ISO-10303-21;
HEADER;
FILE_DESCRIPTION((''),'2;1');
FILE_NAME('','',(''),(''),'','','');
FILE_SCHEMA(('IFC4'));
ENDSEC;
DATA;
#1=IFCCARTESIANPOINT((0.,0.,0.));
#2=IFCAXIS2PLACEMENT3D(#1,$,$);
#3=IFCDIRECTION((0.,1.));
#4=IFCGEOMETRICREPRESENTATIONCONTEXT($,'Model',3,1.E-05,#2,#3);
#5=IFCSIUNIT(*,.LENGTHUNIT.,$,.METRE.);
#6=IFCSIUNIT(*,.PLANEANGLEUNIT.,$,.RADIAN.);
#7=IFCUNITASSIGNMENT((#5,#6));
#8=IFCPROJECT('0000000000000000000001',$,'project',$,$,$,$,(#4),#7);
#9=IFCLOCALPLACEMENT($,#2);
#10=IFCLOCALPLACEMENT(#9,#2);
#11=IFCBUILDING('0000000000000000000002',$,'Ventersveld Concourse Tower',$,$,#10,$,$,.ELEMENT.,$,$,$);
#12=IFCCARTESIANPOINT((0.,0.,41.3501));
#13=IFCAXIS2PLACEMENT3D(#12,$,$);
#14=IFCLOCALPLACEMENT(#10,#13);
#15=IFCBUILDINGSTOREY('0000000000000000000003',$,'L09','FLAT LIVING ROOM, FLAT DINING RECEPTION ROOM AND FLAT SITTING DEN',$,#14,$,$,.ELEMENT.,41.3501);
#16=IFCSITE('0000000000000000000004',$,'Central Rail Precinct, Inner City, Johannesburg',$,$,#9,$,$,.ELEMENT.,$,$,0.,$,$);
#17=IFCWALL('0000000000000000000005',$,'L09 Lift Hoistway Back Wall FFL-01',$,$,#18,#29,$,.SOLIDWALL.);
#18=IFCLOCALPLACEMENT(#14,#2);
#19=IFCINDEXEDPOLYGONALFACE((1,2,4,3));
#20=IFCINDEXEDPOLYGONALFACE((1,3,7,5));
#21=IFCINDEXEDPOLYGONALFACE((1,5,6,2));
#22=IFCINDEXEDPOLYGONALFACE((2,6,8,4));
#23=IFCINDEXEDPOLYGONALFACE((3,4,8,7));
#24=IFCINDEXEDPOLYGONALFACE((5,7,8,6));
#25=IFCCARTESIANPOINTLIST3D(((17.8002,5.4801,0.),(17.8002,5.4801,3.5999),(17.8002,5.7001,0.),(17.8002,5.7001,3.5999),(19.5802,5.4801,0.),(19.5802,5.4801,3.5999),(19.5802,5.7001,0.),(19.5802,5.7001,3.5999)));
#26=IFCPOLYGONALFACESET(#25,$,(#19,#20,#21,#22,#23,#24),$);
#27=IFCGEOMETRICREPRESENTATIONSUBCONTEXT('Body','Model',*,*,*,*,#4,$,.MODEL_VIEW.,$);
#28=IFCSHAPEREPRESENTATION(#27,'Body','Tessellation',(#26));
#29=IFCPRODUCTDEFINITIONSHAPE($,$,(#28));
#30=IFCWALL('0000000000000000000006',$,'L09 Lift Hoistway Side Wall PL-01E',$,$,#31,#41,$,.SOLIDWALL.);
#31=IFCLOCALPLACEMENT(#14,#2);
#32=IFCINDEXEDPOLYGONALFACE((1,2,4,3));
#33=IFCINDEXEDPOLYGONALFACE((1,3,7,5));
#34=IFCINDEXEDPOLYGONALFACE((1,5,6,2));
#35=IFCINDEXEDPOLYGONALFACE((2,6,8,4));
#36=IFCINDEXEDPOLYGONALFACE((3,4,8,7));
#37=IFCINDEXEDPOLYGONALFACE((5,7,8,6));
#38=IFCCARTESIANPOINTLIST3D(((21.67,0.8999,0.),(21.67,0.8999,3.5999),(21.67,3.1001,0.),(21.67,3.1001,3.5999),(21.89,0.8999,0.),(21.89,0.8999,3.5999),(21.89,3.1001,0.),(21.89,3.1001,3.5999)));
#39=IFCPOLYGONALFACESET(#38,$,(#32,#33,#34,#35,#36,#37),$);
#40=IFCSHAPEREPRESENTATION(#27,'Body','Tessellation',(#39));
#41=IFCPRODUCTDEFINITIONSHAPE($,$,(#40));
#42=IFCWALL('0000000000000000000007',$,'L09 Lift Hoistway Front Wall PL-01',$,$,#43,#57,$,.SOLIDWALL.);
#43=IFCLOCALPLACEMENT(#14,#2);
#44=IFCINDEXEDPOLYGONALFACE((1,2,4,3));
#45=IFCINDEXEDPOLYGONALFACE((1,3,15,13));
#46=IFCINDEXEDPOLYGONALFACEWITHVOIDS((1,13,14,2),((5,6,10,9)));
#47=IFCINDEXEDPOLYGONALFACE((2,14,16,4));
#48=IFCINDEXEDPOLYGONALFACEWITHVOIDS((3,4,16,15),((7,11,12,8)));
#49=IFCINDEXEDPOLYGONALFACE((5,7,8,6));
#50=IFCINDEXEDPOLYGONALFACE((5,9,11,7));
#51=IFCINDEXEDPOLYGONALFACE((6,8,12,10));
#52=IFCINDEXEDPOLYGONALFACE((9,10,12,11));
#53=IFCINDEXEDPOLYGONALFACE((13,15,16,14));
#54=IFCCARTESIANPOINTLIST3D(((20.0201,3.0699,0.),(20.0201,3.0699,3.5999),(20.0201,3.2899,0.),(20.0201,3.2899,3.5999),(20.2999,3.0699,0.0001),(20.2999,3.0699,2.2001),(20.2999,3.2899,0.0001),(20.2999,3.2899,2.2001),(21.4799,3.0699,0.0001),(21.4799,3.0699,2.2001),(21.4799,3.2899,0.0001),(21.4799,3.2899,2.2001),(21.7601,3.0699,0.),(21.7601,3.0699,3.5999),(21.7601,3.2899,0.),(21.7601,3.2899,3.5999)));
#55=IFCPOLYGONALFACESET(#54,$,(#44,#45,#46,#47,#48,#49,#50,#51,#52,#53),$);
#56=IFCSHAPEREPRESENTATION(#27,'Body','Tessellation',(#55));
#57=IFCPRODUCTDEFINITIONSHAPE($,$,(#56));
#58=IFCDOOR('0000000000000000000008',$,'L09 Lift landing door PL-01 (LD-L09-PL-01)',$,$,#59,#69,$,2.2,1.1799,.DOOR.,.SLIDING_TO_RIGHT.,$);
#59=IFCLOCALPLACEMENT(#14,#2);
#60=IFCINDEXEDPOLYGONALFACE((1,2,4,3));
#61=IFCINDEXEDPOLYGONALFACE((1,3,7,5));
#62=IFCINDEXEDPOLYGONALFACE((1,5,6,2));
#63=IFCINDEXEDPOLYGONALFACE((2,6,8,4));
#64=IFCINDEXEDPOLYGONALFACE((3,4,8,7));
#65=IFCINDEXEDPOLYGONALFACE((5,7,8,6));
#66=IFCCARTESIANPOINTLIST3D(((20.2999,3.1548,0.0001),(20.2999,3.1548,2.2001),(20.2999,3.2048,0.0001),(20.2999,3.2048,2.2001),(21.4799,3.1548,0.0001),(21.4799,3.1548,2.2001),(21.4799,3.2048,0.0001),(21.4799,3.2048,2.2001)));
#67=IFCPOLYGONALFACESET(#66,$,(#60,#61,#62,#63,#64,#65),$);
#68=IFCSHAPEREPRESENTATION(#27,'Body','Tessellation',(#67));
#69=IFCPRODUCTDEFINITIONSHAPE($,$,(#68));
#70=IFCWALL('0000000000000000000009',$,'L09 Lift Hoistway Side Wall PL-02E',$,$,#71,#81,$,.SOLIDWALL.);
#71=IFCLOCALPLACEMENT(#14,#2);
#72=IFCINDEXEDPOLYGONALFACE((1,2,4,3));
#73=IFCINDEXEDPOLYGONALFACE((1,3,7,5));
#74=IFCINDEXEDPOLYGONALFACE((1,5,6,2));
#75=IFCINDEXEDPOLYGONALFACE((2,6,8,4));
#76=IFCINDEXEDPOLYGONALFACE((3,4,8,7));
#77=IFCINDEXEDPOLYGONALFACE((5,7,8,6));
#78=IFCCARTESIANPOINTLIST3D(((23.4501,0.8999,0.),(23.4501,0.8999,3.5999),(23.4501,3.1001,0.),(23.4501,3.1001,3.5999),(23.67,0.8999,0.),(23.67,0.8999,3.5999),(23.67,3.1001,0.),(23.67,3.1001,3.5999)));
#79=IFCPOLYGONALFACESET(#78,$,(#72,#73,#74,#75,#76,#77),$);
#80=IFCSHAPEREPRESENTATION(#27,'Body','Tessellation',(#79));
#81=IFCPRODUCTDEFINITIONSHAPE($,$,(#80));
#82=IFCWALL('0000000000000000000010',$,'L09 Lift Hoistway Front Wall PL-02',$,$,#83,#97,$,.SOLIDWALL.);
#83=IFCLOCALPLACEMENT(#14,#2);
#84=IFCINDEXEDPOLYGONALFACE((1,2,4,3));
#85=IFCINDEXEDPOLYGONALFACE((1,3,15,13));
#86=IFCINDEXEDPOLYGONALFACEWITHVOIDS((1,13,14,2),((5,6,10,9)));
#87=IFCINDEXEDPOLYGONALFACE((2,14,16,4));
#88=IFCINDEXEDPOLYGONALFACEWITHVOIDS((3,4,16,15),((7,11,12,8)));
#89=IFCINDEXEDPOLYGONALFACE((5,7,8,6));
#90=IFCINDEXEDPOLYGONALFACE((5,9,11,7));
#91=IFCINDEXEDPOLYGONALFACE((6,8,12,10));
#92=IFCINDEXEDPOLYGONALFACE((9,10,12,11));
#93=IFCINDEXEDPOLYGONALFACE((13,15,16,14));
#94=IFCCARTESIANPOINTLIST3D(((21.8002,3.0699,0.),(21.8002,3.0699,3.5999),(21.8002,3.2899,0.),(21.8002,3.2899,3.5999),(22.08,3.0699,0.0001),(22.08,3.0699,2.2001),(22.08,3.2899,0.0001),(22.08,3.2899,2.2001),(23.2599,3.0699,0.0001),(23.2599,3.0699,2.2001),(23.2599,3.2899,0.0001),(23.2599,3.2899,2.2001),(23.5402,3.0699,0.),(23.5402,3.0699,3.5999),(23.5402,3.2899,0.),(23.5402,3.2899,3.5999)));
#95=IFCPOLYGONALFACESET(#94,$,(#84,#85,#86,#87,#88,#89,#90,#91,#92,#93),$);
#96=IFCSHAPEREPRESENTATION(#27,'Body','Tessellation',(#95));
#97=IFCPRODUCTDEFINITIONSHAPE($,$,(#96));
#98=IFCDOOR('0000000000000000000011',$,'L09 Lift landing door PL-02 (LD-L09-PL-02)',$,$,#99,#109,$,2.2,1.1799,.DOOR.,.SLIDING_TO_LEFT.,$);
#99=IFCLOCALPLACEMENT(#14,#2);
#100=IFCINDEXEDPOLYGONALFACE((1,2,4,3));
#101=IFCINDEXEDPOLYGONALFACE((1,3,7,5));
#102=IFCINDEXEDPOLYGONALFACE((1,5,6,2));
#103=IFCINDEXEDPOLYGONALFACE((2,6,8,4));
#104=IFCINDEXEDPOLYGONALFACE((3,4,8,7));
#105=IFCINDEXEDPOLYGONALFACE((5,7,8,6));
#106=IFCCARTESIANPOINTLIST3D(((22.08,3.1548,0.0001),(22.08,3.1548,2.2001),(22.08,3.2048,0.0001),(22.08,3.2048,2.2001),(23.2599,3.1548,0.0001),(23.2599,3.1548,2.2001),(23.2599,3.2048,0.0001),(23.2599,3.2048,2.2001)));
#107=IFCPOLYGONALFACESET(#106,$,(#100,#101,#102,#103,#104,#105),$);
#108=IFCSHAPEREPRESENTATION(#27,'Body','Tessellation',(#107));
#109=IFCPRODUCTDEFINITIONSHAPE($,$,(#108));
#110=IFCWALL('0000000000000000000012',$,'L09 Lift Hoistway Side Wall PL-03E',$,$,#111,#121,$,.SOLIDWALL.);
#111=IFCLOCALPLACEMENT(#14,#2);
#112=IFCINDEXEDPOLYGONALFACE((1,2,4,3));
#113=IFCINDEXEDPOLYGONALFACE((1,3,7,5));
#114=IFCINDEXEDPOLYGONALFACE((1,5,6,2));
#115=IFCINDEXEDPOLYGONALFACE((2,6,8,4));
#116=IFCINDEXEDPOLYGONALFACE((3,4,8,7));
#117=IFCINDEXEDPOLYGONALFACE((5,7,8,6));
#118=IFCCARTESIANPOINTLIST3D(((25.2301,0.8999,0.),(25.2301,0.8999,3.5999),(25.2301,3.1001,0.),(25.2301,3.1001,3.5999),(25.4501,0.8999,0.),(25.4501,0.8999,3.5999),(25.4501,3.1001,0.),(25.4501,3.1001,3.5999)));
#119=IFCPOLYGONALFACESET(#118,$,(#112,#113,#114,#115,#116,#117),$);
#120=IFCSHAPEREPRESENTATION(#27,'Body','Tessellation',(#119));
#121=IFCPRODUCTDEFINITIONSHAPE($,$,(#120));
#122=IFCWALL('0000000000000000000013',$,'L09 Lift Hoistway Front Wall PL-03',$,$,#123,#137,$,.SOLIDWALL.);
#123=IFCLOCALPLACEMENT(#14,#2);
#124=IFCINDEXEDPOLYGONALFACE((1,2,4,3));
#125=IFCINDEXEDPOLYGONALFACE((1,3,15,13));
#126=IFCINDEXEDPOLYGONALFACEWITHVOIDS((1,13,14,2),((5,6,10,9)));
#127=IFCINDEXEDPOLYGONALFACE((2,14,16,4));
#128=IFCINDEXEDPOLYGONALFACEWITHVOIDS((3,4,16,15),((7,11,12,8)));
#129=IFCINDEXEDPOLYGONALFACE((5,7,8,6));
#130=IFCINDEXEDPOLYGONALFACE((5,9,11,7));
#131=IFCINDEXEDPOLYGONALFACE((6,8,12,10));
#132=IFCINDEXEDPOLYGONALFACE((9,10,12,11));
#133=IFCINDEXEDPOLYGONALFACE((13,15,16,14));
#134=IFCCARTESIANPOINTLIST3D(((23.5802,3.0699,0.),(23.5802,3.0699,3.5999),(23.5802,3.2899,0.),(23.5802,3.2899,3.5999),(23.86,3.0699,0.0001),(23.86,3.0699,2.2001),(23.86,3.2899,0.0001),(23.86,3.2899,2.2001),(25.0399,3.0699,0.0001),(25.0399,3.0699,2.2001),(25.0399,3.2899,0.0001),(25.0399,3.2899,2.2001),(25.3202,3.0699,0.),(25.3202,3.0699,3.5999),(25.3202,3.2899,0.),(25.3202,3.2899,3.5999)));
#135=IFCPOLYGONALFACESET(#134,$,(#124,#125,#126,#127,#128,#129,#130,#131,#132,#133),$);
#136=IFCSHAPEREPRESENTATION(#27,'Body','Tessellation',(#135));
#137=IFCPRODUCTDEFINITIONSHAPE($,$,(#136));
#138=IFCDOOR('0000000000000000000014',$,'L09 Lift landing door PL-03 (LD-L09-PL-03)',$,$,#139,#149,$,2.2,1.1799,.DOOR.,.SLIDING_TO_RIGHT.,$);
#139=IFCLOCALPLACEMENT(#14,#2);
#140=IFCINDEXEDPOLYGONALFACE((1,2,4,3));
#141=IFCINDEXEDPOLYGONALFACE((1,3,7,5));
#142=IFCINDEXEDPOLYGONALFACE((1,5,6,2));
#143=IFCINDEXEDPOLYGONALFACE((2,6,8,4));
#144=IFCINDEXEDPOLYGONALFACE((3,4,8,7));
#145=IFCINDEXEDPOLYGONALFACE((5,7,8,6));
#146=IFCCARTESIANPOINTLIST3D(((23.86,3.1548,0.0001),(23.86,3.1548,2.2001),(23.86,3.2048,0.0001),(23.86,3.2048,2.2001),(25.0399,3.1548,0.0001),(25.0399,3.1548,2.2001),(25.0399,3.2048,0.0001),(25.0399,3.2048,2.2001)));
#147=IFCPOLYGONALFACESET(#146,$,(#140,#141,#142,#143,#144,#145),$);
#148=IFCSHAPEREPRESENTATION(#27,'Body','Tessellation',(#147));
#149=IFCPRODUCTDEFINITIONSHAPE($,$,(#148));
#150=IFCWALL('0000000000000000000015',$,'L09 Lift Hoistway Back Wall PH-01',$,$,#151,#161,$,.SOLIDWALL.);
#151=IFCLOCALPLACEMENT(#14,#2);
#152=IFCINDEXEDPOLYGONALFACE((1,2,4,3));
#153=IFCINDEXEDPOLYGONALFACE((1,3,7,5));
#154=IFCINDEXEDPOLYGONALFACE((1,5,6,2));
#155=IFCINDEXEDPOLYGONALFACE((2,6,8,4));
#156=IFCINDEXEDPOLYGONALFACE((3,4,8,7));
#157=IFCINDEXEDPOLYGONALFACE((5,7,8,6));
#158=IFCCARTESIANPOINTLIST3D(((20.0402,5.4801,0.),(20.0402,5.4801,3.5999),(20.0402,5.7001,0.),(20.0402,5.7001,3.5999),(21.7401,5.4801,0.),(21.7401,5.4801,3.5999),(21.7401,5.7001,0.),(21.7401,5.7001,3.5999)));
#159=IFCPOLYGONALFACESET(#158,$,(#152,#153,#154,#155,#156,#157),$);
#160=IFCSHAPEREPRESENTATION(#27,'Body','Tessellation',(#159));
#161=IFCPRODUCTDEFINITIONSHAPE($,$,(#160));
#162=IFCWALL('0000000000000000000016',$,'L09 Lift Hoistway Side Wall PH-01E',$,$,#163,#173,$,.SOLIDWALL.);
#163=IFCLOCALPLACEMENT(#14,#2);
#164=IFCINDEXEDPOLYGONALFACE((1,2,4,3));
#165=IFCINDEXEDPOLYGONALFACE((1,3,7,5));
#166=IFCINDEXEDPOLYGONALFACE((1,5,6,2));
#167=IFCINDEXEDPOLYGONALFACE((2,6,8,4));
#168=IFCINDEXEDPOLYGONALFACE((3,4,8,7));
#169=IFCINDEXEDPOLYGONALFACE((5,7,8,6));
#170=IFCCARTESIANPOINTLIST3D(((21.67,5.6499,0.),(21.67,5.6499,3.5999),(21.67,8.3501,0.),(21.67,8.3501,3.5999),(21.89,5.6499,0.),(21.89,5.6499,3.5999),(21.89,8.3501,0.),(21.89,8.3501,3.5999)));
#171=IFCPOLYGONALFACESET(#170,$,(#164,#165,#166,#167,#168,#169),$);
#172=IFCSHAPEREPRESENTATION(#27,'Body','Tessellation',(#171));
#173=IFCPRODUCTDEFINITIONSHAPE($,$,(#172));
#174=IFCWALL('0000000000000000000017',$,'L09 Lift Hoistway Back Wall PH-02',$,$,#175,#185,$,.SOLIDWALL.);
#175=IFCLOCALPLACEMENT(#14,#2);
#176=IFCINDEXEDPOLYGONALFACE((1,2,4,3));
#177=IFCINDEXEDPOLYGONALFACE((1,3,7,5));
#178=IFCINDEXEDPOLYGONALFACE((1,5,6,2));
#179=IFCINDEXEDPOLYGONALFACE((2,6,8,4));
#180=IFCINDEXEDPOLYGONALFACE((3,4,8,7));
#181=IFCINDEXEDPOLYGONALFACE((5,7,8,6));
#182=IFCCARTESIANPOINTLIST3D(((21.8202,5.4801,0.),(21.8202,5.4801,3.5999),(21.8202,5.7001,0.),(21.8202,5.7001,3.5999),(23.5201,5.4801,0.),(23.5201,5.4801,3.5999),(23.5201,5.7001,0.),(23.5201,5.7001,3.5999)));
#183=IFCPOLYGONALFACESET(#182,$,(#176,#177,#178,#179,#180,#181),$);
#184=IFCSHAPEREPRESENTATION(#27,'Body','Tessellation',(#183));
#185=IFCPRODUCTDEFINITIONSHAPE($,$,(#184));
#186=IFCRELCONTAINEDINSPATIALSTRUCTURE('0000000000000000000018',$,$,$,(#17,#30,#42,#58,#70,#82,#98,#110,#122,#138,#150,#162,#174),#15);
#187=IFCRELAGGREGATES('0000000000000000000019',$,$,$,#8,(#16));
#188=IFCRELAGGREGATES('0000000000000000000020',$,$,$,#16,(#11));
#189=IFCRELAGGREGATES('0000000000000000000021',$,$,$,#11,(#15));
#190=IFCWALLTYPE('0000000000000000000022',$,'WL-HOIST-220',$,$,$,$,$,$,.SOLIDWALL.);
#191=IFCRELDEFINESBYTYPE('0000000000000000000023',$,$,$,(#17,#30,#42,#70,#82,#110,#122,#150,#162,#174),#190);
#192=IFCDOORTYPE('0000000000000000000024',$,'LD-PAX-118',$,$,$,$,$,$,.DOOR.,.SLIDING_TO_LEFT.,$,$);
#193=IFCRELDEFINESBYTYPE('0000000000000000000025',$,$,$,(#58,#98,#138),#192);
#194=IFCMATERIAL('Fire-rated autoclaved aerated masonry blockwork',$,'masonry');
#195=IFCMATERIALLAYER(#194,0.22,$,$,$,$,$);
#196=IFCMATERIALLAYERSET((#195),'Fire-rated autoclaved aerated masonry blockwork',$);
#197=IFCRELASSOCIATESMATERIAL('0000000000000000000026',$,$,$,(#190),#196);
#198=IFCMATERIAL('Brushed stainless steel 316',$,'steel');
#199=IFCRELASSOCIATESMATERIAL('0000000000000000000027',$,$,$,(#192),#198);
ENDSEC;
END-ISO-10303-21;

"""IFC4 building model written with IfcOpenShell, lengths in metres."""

from ifc_helpers import new_model, si_unit, direction, frame, frame_2d, origin, place, context, subcontext, project, spatial, rectangle, extrude, material, layer, layer_set, type_object, element, fill, save


model = new_model("IFC4")

# Units and contexts
model_context = context("Model", 3, precision=1e-05, world=origin(), true_north=direction((0.0, 1.0)))
body_context = subcontext(model_context, "Body", "Model", "MODEL_VIEW")
ifc_project = project(units=[si_unit("LENGTHUNIT", "METRE"), si_unit("PLANEANGLEUNIT", "RADIAN")], contexts=[model_context])

# Site, building, storey
site_placement = place(None, origin())
site = spatial("IfcSite", under=ifc_project, at=site_placement, Name="Central Rail Precinct, Inner City, Johannesburg", CompositionType="ELEMENT", RefElevation=0.0)
building_placement = place(site_placement, origin())
building = spatial("IfcBuilding", under=site, at=building_placement, Name="Ventersveld Concourse Tower", CompositionType="ELEMENT")
storey_placement = place(building_placement, frame((0.0, 0.0, 41.3501)))
storey = spatial("IfcBuildingStorey", under=building, at=storey_placement, Name="L09", Description="FLAT LIVING ROOM, FLAT DINING RECEPTION ROOM AND FLAT SITTING DEN", CompositionType="ELEMENT", Elevation=41.3501)

# Walls
ifc_material_1 = material(Name="Fire-rated autoclaved aerated masonry blockwork", Category="masonry")
ifc_layer_1 = layer(ifc_material_1, 0.22)
ifc_layer_set_1 = layer_set([ifc_layer_1], Name="Fire-rated autoclaved aerated masonry blockwork")
wall_type_1 = type_object("IfcWallType", Name="WL-HOIST-220", PredefinedType="SOLIDWALL", material=ifc_layer_set_1)
wall_1_placement = place(storey_placement, frame((17.8, 5.5901, 0.0), z_axis=(0.0, 0.0, 1.0), x_axis=(1.0, 0.0, 0.0)))
element("IfcWall", 1, at=wall_1_placement, inside=storey, type_object=wall_type_1, Name="L09 Lift Hoistway Back Wall FFL-01", PredefinedType="SOLIDWALL", context=body_context, shape_type="SweptSolid", body=[
    extrude(rectangle(XDim=1.78, YDim=0.22, at=frame_2d((0.8901, 0.0))), origin(), (0.0, 0.0, 1.0), 3.5999),
])
wall_2_placement = place(storey_placement, frame((21.78, 0.8999, 0.0), z_axis=(0.0, 0.0, 1.0), x_axis=(0.0, 1.0, 0.0)))
element("IfcWall", 2, at=wall_2_placement, inside=storey, type_object=wall_type_1, Name="L09 Lift Hoistway Side Wall PL-01E", PredefinedType="SOLIDWALL", context=body_context, shape_type="SweptSolid", body=[
    extrude(rectangle(XDim=2.2002, YDim=0.22, at=frame_2d((1.1001, 0.0))), origin(), (0.0, 0.0, 1.0), 3.5999),
])

# Wall, opening, door
wall_3_placement = place(storey_placement, frame((20.02, 3.1799, 0.0), z_axis=(0.0, 0.0, 1.0), x_axis=(1.0, 0.0, 0.0)))
wall_3 = element("IfcWall", 3, at=wall_3_placement, inside=storey, type_object=wall_type_1, Name="L09 Lift Hoistway Front Wall PL-01", PredefinedType="SOLIDWALL", context=body_context, shape_type="SweptSolid", body=[
    extrude(rectangle(XDim=1.74, YDim=0.22, at=frame_2d((0.8701, 0.0))), origin(), (0.0, 0.0, 1.0), 3.5999),
])
opening_1_placement = place(wall_3_placement, frame((0.28, 0.0, 0.0)))
opening_1 = element("IfcOpeningElement", 4, at=opening_1_placement, cuts=wall_3, PredefinedType="OPENING", context=body_context, shape_type="SweptSolid", body=[
    extrude(rectangle(XDim=1.1799, YDim=2.2, at=frame_2d((0.5898, 1.1001))), frame((0.0, 0.1201, 0.0), z_axis=(0.0, -1.0, 0.0), x_axis=(1.0, 0.0, 0.0)), (0.0, 0.0, 1.0), 0.24),
])
ifc_material_2 = material(Name="Brushed stainless steel 316", Category="steel")
door_type = type_object("IfcDoorType", Name="LD-PAX-118", OperationType="SLIDING_TO_LEFT", PredefinedType="DOOR", material=ifc_material_2)
door_1_placement = place(opening_1_placement, origin())
door_1 = element("IfcDoor", 5, at=door_1_placement, inside=storey, type_object=door_type, Name="L09 Lift landing door PL-01 (LD-L09-PL-01)", OperationType="SLIDING_TO_RIGHT", OverallHeight=2.2, OverallWidth=1.1799, PredefinedType="DOOR", context=body_context, shape_type="SweptSolid", body=[
    extrude(rectangle(XDim=1.1799, YDim=2.2, at=frame_2d((0.5898, 1.1001))), frame((0.0, 0.0249, 0.0), z_axis=(0.0, -1.0, 0.0), x_axis=(1.0, 0.0, 0.0)), (0.0, 0.0, 1.0), 0.05),
])
fill(opening_1, door_1)

# Wall
wall_4_placement = place(storey_placement, frame((23.5601, 0.8999, 0.0), z_axis=(0.0, 0.0, 1.0), x_axis=(0.0, 1.0, 0.0)))
element("IfcWall", 6, at=wall_4_placement, inside=storey, type_object=wall_type_1, Name="L09 Lift Hoistway Side Wall PL-02E", PredefinedType="SOLIDWALL", context=body_context, shape_type="SweptSolid", body=[
    extrude(rectangle(XDim=2.2002, YDim=0.22, at=frame_2d((1.1001, 0.0))), origin(), (0.0, 0.0, 1.0), 3.5999),
])

# Wall, opening, door
wall_5_placement = place(storey_placement, frame((21.8, 3.1799, 0.0), z_axis=(0.0, 0.0, 1.0), x_axis=(1.0, 0.0, 0.0)))
wall_5 = element("IfcWall", 7, at=wall_5_placement, inside=storey, type_object=wall_type_1, Name="L09 Lift Hoistway Front Wall PL-02", PredefinedType="SOLIDWALL", context=body_context, shape_type="SweptSolid", body=[
    extrude(rectangle(XDim=1.74, YDim=0.22, at=frame_2d((0.8701, 0.0))), origin(), (0.0, 0.0, 1.0), 3.5999),
])
opening_2_placement = place(wall_5_placement, frame((0.28, 0.0, 0.0)))
opening_2 = element("IfcOpeningElement", 8, at=opening_2_placement, cuts=wall_5, PredefinedType="OPENING", context=body_context, shape_type="SweptSolid", body=[
    extrude(rectangle(XDim=1.1799, YDim=2.2, at=frame_2d((0.5898, 1.1001))), frame((0.0, 0.1201, 0.0), z_axis=(0.0, -1.0, 0.0), x_axis=(1.0, 0.0, 0.0)), (0.0, 0.0, 1.0), 0.24),
])
door_2_placement = place(opening_2_placement, origin())
door_2 = element("IfcDoor", 9, at=door_2_placement, inside=storey, type_object=door_type, Name="L09 Lift landing door PL-02 (LD-L09-PL-02)", OperationType="SLIDING_TO_LEFT", OverallHeight=2.2, OverallWidth=1.1799, PredefinedType="DOOR", context=body_context, shape_type="SweptSolid", body=[
    extrude(rectangle(XDim=1.1799, YDim=2.2, at=frame_2d((0.5898, 1.1001))), frame((0.0, 0.0249, 0.0), z_axis=(0.0, -1.0, 0.0), x_axis=(1.0, 0.0, 0.0)), (0.0, 0.0, 1.0), 0.05),
])
fill(opening_2, door_2)

# Wall
wall_6_placement = place(storey_placement, frame((25.3401, 0.8999, 0.0), z_axis=(0.0, 0.0, 1.0), x_axis=(0.0, 1.0, 0.0)))
element("IfcWall", 10, at=wall_6_placement, inside=storey, type_object=wall_type_1, Name="L09 Lift Hoistway Side Wall PL-03E", PredefinedType="SOLIDWALL", context=body_context, shape_type="SweptSolid", body=[
    extrude(rectangle(XDim=2.2002, YDim=0.22, at=frame_2d((1.1001, 0.0))), origin(), (0.0, 0.0, 1.0), 3.5999),
])

# Wall, opening, door
wall_7_placement = place(storey_placement, frame((23.5801, 3.1799, 0.0), z_axis=(0.0, 0.0, 1.0), x_axis=(1.0, 0.0, 0.0)))
wall_7 = element("IfcWall", 11, at=wall_7_placement, inside=storey, type_object=wall_type_1, Name="L09 Lift Hoistway Front Wall PL-03", PredefinedType="SOLIDWALL", context=body_context, shape_type="SweptSolid", body=[
    extrude(rectangle(XDim=1.74, YDim=0.22, at=frame_2d((0.8701, 0.0))), origin(), (0.0, 0.0, 1.0), 3.5999),
])
opening_3_placement = place(wall_7_placement, frame((0.28, 0.0, 0.0)))
opening_3 = element("IfcOpeningElement", 12, at=opening_3_placement, cuts=wall_7, PredefinedType="OPENING", context=body_context, shape_type="SweptSolid", body=[
    extrude(rectangle(XDim=1.1799, YDim=2.2, at=frame_2d((0.5898, 1.1001))), frame((0.0, 0.1201, 0.0), z_axis=(0.0, -1.0, 0.0), x_axis=(1.0, 0.0, 0.0)), (0.0, 0.0, 1.0), 0.24),
])
door_3_placement = place(opening_3_placement, origin())
door_3 = element("IfcDoor", 13, at=door_3_placement, inside=storey, type_object=door_type, Name="L09 Lift landing door PL-03 (LD-L09-PL-03)", OperationType="SLIDING_TO_RIGHT", OverallHeight=2.2, OverallWidth=1.1799, PredefinedType="DOOR", context=body_context, shape_type="SweptSolid", body=[
    extrude(rectangle(XDim=1.1799, YDim=2.2, at=frame_2d((0.5898, 1.1001))), frame((0.0, 0.0249, 0.0), z_axis=(0.0, -1.0, 0.0), x_axis=(1.0, 0.0, 0.0)), (0.0, 0.0, 1.0), 0.05),
])
fill(opening_3, door_3)

# Walls
wall_8_placement = place(storey_placement, frame((20.04, 5.5901, 0.0), z_axis=(0.0, 0.0, 1.0), x_axis=(1.0, 0.0, 0.0)))
element("IfcWall", 14, at=wall_8_placement, inside=storey, type_object=wall_type_1, Name="L09 Lift Hoistway Back Wall PH-01", PredefinedType="SOLIDWALL", context=body_context, shape_type="SweptSolid", body=[
    extrude(rectangle(XDim=1.7, YDim=0.22, at=frame_2d((0.8501, 0.0))), origin(), (0.0, 0.0, 1.0), 3.5999),
])
wall_9_placement = place(storey_placement, frame((21.78, 5.6499, 0.0), z_axis=(0.0, 0.0, 1.0), x_axis=(0.0, 1.0, 0.0)))
element("IfcWall", 15, at=wall_9_placement, inside=storey, type_object=wall_type_1, Name="L09 Lift Hoistway Side Wall PH-01E", PredefinedType="SOLIDWALL", context=body_context, shape_type="SweptSolid", body=[
    extrude(rectangle(XDim=2.7002, YDim=0.22, at=frame_2d((1.3501, 0.0))), origin(), (0.0, 0.0, 1.0), 3.5999),
])
wall_10_placement = place(storey_placement, frame((21.8201, 5.5901, 0.0), z_axis=(0.0, 0.0, 1.0), x_axis=(1.0, 0.0, 0.0)))
element("IfcWall", 16, at=wall_10_placement, inside=storey, type_object=wall_type_1, Name="L09 Lift Hoistway Back Wall PH-02", PredefinedType="SOLIDWALL", context=body_context, shape_type="SweptSolid", body=[
    extrude(rectangle(XDim=1.7, YDim=0.22, at=frame_2d((0.8501, 0.0))), origin(), (0.0, 0.0, 1.0), 3.5999),
])

save(model, "model.ifc")
